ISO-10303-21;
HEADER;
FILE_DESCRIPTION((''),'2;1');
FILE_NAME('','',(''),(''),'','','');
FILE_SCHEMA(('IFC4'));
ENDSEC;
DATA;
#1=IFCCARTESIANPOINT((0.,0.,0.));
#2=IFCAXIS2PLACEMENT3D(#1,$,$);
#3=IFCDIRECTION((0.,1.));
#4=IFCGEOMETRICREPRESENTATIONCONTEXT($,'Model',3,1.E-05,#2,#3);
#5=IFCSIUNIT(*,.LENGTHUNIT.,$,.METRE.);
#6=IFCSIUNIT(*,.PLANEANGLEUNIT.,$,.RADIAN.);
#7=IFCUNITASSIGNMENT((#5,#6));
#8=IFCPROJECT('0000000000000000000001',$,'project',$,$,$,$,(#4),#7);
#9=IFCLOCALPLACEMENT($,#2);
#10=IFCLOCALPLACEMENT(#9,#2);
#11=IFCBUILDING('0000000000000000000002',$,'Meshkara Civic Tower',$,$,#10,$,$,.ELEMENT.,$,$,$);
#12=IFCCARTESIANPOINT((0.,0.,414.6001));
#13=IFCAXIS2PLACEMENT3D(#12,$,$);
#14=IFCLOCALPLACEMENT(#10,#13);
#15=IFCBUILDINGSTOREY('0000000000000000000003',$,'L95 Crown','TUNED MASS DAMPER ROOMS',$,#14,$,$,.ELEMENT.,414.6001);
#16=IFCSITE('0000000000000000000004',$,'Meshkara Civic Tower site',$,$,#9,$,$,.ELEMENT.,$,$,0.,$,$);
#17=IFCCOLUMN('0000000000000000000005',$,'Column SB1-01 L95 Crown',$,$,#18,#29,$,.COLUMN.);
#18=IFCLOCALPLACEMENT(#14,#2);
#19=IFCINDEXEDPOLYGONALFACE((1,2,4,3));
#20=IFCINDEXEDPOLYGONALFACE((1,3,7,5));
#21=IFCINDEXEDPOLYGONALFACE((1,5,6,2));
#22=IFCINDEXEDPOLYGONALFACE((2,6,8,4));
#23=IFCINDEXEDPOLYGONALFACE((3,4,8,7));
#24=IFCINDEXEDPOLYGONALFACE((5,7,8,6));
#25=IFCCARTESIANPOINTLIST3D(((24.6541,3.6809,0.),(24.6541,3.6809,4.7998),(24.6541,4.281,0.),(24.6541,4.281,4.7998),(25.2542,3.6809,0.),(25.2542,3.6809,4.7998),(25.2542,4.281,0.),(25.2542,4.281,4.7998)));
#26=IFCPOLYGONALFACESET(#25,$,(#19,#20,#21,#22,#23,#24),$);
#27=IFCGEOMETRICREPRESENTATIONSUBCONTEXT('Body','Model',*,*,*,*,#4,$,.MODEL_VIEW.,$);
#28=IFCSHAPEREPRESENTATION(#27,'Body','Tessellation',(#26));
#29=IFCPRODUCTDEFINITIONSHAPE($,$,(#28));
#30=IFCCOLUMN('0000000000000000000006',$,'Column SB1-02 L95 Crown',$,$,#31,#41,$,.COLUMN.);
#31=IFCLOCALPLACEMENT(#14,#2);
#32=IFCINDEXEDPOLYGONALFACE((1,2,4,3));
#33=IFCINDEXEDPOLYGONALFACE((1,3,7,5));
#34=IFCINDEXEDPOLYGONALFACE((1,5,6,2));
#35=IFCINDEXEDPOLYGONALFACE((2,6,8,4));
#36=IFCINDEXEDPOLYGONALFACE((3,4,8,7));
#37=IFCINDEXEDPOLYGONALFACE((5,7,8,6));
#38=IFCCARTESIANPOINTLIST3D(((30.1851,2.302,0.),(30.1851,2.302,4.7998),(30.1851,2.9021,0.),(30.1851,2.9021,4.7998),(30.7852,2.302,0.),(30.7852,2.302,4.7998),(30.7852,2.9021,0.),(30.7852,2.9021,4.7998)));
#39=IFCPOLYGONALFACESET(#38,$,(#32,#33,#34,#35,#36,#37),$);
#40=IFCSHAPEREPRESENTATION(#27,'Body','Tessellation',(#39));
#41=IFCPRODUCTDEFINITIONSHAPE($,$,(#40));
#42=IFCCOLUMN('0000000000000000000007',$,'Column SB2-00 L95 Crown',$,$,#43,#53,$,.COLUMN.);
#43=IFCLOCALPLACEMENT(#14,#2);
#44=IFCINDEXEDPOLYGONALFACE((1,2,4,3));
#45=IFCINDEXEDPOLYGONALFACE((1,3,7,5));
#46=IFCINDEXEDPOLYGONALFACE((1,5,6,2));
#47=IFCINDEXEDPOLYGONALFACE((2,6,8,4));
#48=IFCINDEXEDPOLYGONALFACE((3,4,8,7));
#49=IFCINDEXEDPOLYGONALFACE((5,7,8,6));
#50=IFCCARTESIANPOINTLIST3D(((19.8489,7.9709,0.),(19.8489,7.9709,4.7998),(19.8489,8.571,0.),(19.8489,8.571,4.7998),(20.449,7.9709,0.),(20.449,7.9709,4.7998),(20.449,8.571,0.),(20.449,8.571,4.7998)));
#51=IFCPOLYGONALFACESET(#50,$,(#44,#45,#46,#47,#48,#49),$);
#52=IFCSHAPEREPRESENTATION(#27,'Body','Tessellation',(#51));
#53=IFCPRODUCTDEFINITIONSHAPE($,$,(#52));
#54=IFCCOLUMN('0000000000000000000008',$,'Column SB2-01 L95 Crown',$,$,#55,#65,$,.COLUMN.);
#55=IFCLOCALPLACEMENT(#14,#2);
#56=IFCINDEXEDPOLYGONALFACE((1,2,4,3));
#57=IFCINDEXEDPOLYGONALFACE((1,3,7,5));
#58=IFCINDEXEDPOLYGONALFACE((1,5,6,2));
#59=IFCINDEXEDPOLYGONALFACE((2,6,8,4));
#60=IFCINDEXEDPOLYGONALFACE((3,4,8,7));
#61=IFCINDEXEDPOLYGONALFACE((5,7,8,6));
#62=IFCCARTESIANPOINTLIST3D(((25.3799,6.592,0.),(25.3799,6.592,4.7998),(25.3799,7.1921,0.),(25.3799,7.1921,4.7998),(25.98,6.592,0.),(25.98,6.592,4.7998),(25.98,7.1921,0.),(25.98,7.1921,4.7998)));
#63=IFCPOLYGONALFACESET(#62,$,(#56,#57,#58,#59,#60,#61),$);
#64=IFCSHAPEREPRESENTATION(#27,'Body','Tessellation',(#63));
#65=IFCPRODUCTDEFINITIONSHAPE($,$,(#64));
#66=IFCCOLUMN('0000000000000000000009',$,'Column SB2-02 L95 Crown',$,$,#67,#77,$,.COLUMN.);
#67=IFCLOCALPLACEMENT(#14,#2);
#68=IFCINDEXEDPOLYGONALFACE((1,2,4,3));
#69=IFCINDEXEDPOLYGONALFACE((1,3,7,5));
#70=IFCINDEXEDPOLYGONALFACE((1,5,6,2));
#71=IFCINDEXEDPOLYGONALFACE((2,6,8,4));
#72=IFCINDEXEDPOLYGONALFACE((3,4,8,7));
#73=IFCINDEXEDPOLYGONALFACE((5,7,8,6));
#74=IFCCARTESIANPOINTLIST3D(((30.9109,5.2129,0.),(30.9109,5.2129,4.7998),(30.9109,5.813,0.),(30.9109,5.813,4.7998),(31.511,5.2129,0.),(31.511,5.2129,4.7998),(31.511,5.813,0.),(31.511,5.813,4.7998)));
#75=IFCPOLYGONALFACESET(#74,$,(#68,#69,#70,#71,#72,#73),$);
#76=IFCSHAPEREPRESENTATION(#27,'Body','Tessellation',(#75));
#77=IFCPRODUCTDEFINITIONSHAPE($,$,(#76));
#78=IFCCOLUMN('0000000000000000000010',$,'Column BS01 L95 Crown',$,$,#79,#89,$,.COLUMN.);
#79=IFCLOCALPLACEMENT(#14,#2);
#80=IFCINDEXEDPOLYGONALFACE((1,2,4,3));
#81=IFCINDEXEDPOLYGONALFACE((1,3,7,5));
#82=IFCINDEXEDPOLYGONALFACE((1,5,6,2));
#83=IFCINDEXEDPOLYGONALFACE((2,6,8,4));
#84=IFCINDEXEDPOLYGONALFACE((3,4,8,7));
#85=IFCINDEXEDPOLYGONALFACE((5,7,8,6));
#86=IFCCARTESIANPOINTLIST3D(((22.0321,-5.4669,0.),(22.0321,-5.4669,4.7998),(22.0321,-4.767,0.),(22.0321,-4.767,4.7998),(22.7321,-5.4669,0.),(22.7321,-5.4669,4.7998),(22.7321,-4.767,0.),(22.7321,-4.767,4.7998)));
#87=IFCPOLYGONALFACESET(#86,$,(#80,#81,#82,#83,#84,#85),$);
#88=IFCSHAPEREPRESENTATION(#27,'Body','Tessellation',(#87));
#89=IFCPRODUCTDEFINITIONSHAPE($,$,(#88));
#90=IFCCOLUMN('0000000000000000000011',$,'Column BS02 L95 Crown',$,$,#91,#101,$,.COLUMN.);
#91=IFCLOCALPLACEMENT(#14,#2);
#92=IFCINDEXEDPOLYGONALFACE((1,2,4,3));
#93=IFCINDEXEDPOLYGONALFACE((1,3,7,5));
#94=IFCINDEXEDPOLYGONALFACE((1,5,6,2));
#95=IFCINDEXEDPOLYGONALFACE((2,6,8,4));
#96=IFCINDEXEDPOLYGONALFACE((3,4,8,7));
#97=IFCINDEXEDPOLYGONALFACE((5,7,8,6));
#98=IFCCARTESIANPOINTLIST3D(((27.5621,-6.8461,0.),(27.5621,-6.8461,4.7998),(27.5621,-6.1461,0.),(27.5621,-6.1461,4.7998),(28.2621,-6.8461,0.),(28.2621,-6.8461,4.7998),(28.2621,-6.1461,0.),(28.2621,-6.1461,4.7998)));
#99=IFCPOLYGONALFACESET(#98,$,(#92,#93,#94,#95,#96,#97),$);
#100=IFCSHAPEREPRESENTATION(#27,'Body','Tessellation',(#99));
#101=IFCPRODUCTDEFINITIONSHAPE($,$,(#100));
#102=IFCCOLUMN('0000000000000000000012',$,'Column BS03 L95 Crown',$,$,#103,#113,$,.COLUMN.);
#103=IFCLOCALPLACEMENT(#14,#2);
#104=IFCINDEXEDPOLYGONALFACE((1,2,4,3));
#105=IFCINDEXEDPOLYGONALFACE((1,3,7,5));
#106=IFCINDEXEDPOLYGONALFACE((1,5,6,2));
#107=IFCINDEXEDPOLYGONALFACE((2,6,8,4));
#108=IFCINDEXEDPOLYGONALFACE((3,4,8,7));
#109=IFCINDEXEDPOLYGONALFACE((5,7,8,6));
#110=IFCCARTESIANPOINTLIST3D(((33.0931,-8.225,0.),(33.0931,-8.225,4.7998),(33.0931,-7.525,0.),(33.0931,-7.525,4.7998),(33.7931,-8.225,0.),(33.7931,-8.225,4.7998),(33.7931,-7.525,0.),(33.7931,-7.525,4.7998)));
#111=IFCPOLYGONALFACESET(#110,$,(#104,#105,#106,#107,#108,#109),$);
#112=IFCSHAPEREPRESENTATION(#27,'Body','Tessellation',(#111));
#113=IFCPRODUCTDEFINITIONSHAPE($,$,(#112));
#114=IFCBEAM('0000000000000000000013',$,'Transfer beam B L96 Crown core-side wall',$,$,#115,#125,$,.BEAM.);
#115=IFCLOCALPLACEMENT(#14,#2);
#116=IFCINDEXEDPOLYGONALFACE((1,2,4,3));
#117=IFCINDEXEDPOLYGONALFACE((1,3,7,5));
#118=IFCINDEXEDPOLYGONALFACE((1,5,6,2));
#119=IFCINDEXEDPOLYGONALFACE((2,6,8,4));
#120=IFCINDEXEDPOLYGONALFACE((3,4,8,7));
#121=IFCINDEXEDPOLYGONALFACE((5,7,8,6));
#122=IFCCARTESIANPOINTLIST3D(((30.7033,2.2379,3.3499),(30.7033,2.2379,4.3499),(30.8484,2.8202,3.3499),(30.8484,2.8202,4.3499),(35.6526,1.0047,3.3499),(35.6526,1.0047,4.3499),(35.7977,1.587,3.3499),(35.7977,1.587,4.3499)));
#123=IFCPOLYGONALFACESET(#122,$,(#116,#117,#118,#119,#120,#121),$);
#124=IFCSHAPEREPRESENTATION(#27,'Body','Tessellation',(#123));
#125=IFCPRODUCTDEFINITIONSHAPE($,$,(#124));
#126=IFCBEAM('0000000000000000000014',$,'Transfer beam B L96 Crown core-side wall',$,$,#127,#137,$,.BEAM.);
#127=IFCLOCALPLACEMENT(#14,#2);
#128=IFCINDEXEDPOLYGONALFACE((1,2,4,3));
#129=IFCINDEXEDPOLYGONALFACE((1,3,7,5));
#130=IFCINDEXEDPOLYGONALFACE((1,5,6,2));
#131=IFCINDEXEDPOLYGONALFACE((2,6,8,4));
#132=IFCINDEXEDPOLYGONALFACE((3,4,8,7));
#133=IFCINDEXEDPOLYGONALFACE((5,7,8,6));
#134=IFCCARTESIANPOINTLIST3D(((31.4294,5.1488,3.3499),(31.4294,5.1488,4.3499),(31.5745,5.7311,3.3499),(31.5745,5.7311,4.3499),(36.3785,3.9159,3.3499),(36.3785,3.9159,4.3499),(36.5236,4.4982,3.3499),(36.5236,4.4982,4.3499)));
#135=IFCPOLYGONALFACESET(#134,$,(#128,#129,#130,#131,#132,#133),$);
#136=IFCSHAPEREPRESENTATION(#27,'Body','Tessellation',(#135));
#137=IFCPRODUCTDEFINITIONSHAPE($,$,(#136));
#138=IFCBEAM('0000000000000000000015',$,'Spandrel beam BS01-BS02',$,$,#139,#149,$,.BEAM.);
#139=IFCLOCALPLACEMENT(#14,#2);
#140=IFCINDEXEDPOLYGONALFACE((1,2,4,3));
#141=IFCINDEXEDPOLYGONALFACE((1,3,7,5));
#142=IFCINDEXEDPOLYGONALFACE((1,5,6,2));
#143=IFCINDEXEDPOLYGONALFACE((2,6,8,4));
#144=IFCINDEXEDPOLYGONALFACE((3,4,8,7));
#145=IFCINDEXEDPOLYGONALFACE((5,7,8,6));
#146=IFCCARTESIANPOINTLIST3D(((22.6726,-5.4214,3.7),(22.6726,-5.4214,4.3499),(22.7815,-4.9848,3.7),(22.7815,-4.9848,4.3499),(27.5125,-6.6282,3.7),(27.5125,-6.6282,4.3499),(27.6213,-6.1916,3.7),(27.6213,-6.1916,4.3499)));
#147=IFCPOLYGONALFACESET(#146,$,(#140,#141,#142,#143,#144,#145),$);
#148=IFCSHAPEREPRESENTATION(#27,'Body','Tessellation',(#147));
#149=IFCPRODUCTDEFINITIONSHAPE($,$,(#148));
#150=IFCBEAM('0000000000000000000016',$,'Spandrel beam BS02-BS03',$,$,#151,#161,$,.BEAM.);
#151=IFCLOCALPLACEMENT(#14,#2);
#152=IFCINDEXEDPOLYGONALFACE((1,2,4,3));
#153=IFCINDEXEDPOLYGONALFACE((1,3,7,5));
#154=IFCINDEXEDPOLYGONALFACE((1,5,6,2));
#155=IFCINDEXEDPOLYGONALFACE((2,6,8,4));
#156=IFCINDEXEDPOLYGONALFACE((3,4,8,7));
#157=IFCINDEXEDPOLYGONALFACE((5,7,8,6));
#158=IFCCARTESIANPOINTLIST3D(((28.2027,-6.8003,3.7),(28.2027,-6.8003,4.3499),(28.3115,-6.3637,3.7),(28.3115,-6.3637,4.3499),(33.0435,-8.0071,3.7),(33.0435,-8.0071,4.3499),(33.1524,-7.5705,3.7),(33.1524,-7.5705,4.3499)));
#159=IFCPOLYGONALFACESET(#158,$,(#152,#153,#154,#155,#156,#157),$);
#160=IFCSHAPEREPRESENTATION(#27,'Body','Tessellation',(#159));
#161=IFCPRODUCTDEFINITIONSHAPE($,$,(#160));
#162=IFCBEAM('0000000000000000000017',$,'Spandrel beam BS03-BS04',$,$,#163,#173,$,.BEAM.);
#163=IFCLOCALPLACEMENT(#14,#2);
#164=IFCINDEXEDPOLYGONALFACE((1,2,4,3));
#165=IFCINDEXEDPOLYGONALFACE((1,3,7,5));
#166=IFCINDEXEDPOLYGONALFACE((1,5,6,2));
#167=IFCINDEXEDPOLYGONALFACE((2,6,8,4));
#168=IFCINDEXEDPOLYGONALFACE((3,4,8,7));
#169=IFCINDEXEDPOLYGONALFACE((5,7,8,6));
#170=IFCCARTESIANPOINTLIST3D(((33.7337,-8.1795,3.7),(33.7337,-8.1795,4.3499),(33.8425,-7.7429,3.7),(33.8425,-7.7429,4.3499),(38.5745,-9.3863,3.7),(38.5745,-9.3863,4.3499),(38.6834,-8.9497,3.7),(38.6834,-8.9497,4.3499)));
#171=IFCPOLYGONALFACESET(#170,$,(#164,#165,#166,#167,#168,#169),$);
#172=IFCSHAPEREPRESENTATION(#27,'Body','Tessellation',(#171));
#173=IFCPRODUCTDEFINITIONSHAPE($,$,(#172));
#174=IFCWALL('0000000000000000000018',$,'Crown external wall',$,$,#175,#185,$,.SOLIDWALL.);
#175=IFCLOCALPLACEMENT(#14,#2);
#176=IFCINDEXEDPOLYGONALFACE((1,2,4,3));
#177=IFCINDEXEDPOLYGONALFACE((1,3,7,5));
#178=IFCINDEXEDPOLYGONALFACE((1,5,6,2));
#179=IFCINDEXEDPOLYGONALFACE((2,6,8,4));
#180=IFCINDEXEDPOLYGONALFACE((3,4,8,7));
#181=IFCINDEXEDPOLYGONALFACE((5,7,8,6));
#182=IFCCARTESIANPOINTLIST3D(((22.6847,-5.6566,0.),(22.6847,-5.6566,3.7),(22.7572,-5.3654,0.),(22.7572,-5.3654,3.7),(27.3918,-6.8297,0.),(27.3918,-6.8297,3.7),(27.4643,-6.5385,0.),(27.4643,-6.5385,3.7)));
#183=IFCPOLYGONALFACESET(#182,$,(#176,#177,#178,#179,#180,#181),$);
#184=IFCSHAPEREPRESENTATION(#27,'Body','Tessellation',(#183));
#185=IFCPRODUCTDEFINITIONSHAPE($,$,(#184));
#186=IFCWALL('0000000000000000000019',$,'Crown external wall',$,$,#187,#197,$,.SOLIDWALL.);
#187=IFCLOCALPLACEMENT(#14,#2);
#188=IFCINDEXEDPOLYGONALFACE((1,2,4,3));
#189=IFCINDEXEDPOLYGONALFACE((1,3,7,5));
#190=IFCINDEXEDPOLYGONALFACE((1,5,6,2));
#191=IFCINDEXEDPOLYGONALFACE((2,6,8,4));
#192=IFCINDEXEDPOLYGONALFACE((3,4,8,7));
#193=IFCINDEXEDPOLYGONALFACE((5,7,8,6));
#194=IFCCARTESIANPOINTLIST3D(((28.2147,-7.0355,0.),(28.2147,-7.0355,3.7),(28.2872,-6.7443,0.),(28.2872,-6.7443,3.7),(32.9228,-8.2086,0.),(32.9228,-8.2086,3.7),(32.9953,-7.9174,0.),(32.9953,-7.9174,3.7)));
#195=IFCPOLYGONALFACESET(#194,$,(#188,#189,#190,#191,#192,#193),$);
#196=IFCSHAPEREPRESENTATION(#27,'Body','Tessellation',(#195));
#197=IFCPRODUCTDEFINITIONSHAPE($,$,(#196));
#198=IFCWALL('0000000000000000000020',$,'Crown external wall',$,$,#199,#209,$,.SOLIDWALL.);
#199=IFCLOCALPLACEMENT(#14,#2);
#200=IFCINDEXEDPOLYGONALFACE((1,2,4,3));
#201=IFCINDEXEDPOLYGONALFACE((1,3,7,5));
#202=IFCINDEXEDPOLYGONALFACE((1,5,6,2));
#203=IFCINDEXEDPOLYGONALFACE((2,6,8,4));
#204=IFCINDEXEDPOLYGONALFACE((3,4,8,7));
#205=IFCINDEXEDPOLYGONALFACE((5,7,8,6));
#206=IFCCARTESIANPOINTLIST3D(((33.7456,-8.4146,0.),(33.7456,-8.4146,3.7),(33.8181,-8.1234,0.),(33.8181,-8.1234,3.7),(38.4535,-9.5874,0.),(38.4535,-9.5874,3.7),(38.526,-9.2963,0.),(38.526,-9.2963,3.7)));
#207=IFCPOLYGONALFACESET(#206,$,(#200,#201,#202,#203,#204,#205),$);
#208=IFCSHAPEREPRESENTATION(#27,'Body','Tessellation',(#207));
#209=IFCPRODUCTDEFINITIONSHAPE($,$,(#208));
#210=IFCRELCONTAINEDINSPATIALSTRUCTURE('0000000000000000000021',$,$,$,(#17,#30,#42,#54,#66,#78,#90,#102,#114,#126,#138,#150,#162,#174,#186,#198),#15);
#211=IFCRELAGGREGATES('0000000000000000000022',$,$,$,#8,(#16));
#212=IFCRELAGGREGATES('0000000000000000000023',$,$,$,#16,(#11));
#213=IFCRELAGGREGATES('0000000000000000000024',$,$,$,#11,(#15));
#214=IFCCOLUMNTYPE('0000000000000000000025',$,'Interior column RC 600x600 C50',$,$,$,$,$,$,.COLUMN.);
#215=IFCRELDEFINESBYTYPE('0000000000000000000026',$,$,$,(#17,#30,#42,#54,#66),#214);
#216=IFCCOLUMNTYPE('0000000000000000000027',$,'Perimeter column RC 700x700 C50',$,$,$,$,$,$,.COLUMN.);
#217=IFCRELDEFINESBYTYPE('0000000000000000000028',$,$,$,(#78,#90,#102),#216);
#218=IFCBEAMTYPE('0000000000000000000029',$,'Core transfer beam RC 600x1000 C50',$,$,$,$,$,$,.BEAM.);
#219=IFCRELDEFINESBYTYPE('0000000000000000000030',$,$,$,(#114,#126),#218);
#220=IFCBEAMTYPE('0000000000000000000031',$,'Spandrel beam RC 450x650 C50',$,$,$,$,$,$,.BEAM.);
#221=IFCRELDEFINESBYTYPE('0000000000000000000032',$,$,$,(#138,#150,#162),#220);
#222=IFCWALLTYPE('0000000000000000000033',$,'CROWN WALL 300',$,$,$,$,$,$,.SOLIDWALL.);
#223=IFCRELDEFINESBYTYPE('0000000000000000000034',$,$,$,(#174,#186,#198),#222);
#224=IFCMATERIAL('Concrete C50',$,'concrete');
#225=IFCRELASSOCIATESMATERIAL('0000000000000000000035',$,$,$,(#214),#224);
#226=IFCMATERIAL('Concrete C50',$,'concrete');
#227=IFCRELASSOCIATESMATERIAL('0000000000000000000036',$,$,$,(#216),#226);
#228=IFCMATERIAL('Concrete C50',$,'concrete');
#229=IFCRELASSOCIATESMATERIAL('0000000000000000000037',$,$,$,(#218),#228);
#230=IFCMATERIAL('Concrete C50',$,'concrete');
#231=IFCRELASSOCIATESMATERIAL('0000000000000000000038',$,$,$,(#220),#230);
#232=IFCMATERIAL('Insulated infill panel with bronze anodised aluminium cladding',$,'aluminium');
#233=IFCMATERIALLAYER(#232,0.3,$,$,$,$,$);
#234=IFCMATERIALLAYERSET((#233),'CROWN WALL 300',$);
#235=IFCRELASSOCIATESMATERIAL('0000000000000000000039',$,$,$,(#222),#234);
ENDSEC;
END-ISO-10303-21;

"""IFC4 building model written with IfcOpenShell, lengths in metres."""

from ifc_helpers import new_model, si_unit, direction, frame, frame_2d, origin, origin_2d, place, context, subcontext, project, spatial, rectangle, extrude, material, layer, layer_set, material_profile, profile_set, type_object, element, save


model = new_model("IFC4")

# Units and contexts
model_context = context("Model", 3, precision=1e-05, world=origin(), true_north=direction((0.0, 1.0)))
body_context = subcontext(model_context, "Body", "Model", "MODEL_VIEW")
ifc_project = project(units=[si_unit("LENGTHUNIT", "METRE"), si_unit("PLANEANGLEUNIT", "RADIAN")], contexts=[model_context])

# Site, building, storey
site_placement = place(None, origin())
site = spatial("IfcSite", under=ifc_project, at=site_placement, Name="Meshkara Civic Tower site", CompositionType="ELEMENT", RefElevation=0.0)
building_placement = place(site_placement, origin())
building = spatial("IfcBuilding", under=site, at=building_placement, Name="Meshkara Civic Tower", CompositionType="ELEMENT")
storey_placement = place(building_placement, frame((0.0, 0.0, 414.6001)))
storey = spatial("IfcBuildingStorey", under=building, at=storey_placement, Name="L95 Crown", Description="TUNED MASS DAMPER ROOMS", CompositionType="ELEMENT", Elevation=414.6001)

# Columns
ifc_material_1 = material(Name="Concrete C50", Category="concrete")
ifc_material_profile_1 = material_profile(ifc_material_1, rectangle(XDim=0.6001, YDim=0.6001, at=origin_2d()))
ifc_profile_set_1 = profile_set([ifc_material_profile_1], Name="Concrete C50")
column_type_1 = type_object("IfcColumnType", Name="Interior column RC 600x600 C50", PredefinedType="COLUMN", material=ifc_profile_set_1)
for number, where, z_axis, x_axis, name in (
    (1, (24.9541, 3.981, 0.0), (0.0, 0.0, 1.0), (1.0, 0.0, 0.0), "Column SB1-01 L95 Crown"),
    (2, (30.4851, 2.6021, 0.0), (0.0, 0.0, 1.0), (1.0, 0.0, 0.0), "Column SB1-02 L95 Crown"),
    (3, (20.1489, 8.271, 0.0), (0.0, 0.0, 1.0), (1.0, 0.0, 0.0), "Column SB2-00 L95 Crown"),
    (4, (25.6799, 6.8921, 0.0), (0.0, 0.0, 1.0), (1.0, 0.0, 0.0), "Column SB2-01 L95 Crown"),
    (5, (31.2109, 5.5129, 0.0), (0.0, 0.0, 1.0), (1.0, 0.0, 0.0), "Column SB2-02 L95 Crown"),
):
    element("IfcColumn", number, at=place(storey_placement, frame(where, z_axis=z_axis, x_axis=x_axis)), inside=storey, type_object=column_type_1, Name=name, PredefinedType="COLUMN", context=body_context, shape_type="SweptSolid", body=[
        extrude(rectangle(XDim=0.6001, YDim=0.6001, at=origin_2d()), origin(), (0.0, 0.0, 1.0), 4.7998),
    ])
ifc_material_2 = material(Name="Concrete C50", Category="concrete")
ifc_material_profile_2 = material_profile(ifc_material_2, rectangle(XDim=0.7, YDim=0.7, at=origin_2d()))
ifc_profile_set_2 = profile_set([ifc_material_profile_2], Name="Concrete C50")
column_type_2 = type_object("IfcColumnType", Name="Perimeter column RC 700x700 C50", PredefinedType="COLUMN", material=ifc_profile_set_2)
for number, where, z_axis, x_axis, name in (
    (6, (22.3821, -5.1169, 0.0), (0.0, 0.0, 1.0), (1.0, 0.0, 0.0), "Column BS01 L95 Crown"),
    (7, (27.9121, -6.4961, 0.0), (0.0, 0.0, 1.0), (1.0, 0.0, 0.0), "Column BS02 L95 Crown"),
    (8, (33.4431, -7.875, 0.0), (0.0, 0.0, 1.0), (1.0, 0.0, 0.0), "Column BS03 L95 Crown"),
):
    element("IfcColumn", number, at=place(storey_placement, frame(where, z_axis=z_axis, x_axis=x_axis)), inside=storey, type_object=column_type_2, Name=name, PredefinedType="COLUMN", context=body_context, shape_type="SweptSolid", body=[
        extrude(rectangle(XDim=0.7, YDim=0.7, at=origin_2d()), origin(), (0.0, 0.0, 1.0), 4.7998),
    ])

# Beams
ifc_material_3 = material(Name="Concrete C50", Category="concrete")
ifc_material_profile_3 = material_profile(ifc_material_3, rectangle(XDim=0.6001, YDim=1.0, at=origin_2d()))
ifc_profile_set_3 = profile_set([ifc_material_profile_3], Name="Concrete C50")
beam_type_1 = type_object("IfcBeamType", Name="Core transfer beam RC 600x1000 C50", PredefinedType="BEAM", material=ifc_profile_set_3)
beam_1_placement = place(storey_placement, frame((30.7759, 2.5291, 3.8499), z_axis=(0.970334, -0.24177, 0.0), x_axis=(0.24177, 0.970334, 0.0)))
element("IfcBeam", 9, at=beam_1_placement, inside=storey, type_object=beam_type_1, Name="Transfer beam B L96 Crown core-side wall", PredefinedType="BEAM", context=body_context, shape_type="SweptSolid", body=[
    extrude(rectangle(XDim=0.6001, YDim=1.0, at=origin_2d()), origin(), (0.0, 0.0, 1.0), 5.1006),
])
beam_2_placement = place(storey_placement, frame((31.502, 5.4399, 3.8499), z_axis=(0.970342, -0.241736, 0.0), x_axis=(0.241736, 0.970342, 0.0)))
element("IfcBeam", 10, at=beam_2_placement, inside=storey, type_object=beam_type_1, Name="Transfer beam B L96 Crown core-side wall", PredefinedType="BEAM", context=body_context, shape_type="SweptSolid", body=[
    extrude(rectangle(XDim=0.6001, YDim=1.0, at=origin_2d()), origin(), (0.0, 0.0, 1.0), 5.1003),
])
ifc_material_4 = material(Name="Concrete C50", Category="concrete")
ifc_material_profile_4 = material_profile(ifc_material_4, rectangle(XDim=0.45, YDim=0.6499, at=origin_2d()))
ifc_profile_set_4 = profile_set([ifc_material_profile_4], Name="Concrete C50")
beam_type_2 = type_object("IfcBeamType", Name="Spandrel beam RC 450x650 C50", PredefinedType="BEAM", material=ifc_profile_set_4)
beam_3_placement = place(storey_placement, frame((22.7271, -5.2031, 4.0249), z_axis=(0.970292, -0.241937, 0.0), x_axis=(0.241937, 0.970292, 0.0)))
element("IfcBeam", 11, at=beam_3_placement, inside=storey, type_object=beam_type_2, Name="Spandrel beam BS01-BS02", PredefinedType="BEAM", context=body_context, shape_type="SweptSolid", body=[
    extrude(rectangle(XDim=0.45, YDim=0.6499, at=origin_2d()), origin(), (0.0, 0.0, 1.0), 4.988),
])
for number, where, z_axis, x_axis, name in (
    (12, (28.2571, -6.582, 4.0249), (0.970303, -0.241891, 0.0), (0.241891, 0.970303, 0.0), "Spandrel beam BS02-BS03"),
    (13, (33.7881, -7.9612, 4.0249), (0.970303, -0.241891, 0.0), (0.241891, 0.970303, 0.0), "Spandrel beam BS03-BS04"),
):
    element("IfcBeam", number, at=place(storey_placement, frame(where, z_axis=z_axis, x_axis=x_axis)), inside=storey, type_object=beam_type_2, Name=name, PredefinedType="BEAM", context=body_context, shape_type="SweptSolid", body=[
        extrude(rectangle(XDim=0.45, YDim=0.6499, at=origin_2d()), origin(), (0.0, 0.0, 1.0), 4.989),
    ])

# Walls
ifc_material_5 = material(Name="Insulated infill panel with bronze anodised aluminium cladding", Category="aluminium")
ifc_layer_1 = layer(ifc_material_5, 0.3)
ifc_layer_set_1 = layer_set([ifc_layer_1], Name="CROWN WALL 300")
wall_type_1 = type_object("IfcWallType", Name="CROWN WALL 300", PredefinedType="SOLIDWALL", material=ifc_layer_set_1)
wall_1_placement = place(storey_placement, frame((22.7209, -5.511, 0.0), z_axis=(0.0, 0.0, 1.0), x_axis=(0.97032, -0.241825, 0.0)))
element("IfcWall", 14, at=wall_1_placement, inside=storey, type_object=wall_type_1, Name="Crown external wall", PredefinedType="SOLIDWALL", context=body_context, shape_type="SweptSolid", body=[
    extrude(rectangle(XDim=4.8511, YDim=0.3, at=frame_2d((2.4255, 0.0))), origin(), (0.0, 0.0, 1.0), 3.7),
])
wall_2_placement = place(storey_placement, frame((28.251, -6.8899, 0.0), z_axis=(0.0, 0.0, 1.0), x_axis=(0.970332, -0.241778, 0.0)))
element("IfcWall", 15, at=wall_2_placement, inside=storey, type_object=wall_type_1, Name="Crown external wall", PredefinedType="SOLIDWALL", context=body_context, shape_type="SweptSolid", body=[
    extrude(rectangle(XDim=4.8521, YDim=0.3, at=frame_2d((2.426, 0.0))), origin(), (0.0, 0.0, 1.0), 3.7),
])
wall_3_placement = place(storey_placement, frame((33.782, -8.269, 0.0), z_axis=(0.0, 0.0, 1.0), x_axis=(0.970343, -0.24173, 0.0)))
element("IfcWall", 16, at=wall_3_placement, inside=storey, type_object=wall_type_1, Name="Crown external wall", PredefinedType="SOLIDWALL", context=body_context, shape_type="SweptSolid", body=[
    extrude(rectangle(XDim=4.8518, YDim=0.3, at=frame_2d((2.4258, 0.0))), origin(), (0.0, 0.0, 1.0), 3.7),
])

save(model, "model.ifc")
